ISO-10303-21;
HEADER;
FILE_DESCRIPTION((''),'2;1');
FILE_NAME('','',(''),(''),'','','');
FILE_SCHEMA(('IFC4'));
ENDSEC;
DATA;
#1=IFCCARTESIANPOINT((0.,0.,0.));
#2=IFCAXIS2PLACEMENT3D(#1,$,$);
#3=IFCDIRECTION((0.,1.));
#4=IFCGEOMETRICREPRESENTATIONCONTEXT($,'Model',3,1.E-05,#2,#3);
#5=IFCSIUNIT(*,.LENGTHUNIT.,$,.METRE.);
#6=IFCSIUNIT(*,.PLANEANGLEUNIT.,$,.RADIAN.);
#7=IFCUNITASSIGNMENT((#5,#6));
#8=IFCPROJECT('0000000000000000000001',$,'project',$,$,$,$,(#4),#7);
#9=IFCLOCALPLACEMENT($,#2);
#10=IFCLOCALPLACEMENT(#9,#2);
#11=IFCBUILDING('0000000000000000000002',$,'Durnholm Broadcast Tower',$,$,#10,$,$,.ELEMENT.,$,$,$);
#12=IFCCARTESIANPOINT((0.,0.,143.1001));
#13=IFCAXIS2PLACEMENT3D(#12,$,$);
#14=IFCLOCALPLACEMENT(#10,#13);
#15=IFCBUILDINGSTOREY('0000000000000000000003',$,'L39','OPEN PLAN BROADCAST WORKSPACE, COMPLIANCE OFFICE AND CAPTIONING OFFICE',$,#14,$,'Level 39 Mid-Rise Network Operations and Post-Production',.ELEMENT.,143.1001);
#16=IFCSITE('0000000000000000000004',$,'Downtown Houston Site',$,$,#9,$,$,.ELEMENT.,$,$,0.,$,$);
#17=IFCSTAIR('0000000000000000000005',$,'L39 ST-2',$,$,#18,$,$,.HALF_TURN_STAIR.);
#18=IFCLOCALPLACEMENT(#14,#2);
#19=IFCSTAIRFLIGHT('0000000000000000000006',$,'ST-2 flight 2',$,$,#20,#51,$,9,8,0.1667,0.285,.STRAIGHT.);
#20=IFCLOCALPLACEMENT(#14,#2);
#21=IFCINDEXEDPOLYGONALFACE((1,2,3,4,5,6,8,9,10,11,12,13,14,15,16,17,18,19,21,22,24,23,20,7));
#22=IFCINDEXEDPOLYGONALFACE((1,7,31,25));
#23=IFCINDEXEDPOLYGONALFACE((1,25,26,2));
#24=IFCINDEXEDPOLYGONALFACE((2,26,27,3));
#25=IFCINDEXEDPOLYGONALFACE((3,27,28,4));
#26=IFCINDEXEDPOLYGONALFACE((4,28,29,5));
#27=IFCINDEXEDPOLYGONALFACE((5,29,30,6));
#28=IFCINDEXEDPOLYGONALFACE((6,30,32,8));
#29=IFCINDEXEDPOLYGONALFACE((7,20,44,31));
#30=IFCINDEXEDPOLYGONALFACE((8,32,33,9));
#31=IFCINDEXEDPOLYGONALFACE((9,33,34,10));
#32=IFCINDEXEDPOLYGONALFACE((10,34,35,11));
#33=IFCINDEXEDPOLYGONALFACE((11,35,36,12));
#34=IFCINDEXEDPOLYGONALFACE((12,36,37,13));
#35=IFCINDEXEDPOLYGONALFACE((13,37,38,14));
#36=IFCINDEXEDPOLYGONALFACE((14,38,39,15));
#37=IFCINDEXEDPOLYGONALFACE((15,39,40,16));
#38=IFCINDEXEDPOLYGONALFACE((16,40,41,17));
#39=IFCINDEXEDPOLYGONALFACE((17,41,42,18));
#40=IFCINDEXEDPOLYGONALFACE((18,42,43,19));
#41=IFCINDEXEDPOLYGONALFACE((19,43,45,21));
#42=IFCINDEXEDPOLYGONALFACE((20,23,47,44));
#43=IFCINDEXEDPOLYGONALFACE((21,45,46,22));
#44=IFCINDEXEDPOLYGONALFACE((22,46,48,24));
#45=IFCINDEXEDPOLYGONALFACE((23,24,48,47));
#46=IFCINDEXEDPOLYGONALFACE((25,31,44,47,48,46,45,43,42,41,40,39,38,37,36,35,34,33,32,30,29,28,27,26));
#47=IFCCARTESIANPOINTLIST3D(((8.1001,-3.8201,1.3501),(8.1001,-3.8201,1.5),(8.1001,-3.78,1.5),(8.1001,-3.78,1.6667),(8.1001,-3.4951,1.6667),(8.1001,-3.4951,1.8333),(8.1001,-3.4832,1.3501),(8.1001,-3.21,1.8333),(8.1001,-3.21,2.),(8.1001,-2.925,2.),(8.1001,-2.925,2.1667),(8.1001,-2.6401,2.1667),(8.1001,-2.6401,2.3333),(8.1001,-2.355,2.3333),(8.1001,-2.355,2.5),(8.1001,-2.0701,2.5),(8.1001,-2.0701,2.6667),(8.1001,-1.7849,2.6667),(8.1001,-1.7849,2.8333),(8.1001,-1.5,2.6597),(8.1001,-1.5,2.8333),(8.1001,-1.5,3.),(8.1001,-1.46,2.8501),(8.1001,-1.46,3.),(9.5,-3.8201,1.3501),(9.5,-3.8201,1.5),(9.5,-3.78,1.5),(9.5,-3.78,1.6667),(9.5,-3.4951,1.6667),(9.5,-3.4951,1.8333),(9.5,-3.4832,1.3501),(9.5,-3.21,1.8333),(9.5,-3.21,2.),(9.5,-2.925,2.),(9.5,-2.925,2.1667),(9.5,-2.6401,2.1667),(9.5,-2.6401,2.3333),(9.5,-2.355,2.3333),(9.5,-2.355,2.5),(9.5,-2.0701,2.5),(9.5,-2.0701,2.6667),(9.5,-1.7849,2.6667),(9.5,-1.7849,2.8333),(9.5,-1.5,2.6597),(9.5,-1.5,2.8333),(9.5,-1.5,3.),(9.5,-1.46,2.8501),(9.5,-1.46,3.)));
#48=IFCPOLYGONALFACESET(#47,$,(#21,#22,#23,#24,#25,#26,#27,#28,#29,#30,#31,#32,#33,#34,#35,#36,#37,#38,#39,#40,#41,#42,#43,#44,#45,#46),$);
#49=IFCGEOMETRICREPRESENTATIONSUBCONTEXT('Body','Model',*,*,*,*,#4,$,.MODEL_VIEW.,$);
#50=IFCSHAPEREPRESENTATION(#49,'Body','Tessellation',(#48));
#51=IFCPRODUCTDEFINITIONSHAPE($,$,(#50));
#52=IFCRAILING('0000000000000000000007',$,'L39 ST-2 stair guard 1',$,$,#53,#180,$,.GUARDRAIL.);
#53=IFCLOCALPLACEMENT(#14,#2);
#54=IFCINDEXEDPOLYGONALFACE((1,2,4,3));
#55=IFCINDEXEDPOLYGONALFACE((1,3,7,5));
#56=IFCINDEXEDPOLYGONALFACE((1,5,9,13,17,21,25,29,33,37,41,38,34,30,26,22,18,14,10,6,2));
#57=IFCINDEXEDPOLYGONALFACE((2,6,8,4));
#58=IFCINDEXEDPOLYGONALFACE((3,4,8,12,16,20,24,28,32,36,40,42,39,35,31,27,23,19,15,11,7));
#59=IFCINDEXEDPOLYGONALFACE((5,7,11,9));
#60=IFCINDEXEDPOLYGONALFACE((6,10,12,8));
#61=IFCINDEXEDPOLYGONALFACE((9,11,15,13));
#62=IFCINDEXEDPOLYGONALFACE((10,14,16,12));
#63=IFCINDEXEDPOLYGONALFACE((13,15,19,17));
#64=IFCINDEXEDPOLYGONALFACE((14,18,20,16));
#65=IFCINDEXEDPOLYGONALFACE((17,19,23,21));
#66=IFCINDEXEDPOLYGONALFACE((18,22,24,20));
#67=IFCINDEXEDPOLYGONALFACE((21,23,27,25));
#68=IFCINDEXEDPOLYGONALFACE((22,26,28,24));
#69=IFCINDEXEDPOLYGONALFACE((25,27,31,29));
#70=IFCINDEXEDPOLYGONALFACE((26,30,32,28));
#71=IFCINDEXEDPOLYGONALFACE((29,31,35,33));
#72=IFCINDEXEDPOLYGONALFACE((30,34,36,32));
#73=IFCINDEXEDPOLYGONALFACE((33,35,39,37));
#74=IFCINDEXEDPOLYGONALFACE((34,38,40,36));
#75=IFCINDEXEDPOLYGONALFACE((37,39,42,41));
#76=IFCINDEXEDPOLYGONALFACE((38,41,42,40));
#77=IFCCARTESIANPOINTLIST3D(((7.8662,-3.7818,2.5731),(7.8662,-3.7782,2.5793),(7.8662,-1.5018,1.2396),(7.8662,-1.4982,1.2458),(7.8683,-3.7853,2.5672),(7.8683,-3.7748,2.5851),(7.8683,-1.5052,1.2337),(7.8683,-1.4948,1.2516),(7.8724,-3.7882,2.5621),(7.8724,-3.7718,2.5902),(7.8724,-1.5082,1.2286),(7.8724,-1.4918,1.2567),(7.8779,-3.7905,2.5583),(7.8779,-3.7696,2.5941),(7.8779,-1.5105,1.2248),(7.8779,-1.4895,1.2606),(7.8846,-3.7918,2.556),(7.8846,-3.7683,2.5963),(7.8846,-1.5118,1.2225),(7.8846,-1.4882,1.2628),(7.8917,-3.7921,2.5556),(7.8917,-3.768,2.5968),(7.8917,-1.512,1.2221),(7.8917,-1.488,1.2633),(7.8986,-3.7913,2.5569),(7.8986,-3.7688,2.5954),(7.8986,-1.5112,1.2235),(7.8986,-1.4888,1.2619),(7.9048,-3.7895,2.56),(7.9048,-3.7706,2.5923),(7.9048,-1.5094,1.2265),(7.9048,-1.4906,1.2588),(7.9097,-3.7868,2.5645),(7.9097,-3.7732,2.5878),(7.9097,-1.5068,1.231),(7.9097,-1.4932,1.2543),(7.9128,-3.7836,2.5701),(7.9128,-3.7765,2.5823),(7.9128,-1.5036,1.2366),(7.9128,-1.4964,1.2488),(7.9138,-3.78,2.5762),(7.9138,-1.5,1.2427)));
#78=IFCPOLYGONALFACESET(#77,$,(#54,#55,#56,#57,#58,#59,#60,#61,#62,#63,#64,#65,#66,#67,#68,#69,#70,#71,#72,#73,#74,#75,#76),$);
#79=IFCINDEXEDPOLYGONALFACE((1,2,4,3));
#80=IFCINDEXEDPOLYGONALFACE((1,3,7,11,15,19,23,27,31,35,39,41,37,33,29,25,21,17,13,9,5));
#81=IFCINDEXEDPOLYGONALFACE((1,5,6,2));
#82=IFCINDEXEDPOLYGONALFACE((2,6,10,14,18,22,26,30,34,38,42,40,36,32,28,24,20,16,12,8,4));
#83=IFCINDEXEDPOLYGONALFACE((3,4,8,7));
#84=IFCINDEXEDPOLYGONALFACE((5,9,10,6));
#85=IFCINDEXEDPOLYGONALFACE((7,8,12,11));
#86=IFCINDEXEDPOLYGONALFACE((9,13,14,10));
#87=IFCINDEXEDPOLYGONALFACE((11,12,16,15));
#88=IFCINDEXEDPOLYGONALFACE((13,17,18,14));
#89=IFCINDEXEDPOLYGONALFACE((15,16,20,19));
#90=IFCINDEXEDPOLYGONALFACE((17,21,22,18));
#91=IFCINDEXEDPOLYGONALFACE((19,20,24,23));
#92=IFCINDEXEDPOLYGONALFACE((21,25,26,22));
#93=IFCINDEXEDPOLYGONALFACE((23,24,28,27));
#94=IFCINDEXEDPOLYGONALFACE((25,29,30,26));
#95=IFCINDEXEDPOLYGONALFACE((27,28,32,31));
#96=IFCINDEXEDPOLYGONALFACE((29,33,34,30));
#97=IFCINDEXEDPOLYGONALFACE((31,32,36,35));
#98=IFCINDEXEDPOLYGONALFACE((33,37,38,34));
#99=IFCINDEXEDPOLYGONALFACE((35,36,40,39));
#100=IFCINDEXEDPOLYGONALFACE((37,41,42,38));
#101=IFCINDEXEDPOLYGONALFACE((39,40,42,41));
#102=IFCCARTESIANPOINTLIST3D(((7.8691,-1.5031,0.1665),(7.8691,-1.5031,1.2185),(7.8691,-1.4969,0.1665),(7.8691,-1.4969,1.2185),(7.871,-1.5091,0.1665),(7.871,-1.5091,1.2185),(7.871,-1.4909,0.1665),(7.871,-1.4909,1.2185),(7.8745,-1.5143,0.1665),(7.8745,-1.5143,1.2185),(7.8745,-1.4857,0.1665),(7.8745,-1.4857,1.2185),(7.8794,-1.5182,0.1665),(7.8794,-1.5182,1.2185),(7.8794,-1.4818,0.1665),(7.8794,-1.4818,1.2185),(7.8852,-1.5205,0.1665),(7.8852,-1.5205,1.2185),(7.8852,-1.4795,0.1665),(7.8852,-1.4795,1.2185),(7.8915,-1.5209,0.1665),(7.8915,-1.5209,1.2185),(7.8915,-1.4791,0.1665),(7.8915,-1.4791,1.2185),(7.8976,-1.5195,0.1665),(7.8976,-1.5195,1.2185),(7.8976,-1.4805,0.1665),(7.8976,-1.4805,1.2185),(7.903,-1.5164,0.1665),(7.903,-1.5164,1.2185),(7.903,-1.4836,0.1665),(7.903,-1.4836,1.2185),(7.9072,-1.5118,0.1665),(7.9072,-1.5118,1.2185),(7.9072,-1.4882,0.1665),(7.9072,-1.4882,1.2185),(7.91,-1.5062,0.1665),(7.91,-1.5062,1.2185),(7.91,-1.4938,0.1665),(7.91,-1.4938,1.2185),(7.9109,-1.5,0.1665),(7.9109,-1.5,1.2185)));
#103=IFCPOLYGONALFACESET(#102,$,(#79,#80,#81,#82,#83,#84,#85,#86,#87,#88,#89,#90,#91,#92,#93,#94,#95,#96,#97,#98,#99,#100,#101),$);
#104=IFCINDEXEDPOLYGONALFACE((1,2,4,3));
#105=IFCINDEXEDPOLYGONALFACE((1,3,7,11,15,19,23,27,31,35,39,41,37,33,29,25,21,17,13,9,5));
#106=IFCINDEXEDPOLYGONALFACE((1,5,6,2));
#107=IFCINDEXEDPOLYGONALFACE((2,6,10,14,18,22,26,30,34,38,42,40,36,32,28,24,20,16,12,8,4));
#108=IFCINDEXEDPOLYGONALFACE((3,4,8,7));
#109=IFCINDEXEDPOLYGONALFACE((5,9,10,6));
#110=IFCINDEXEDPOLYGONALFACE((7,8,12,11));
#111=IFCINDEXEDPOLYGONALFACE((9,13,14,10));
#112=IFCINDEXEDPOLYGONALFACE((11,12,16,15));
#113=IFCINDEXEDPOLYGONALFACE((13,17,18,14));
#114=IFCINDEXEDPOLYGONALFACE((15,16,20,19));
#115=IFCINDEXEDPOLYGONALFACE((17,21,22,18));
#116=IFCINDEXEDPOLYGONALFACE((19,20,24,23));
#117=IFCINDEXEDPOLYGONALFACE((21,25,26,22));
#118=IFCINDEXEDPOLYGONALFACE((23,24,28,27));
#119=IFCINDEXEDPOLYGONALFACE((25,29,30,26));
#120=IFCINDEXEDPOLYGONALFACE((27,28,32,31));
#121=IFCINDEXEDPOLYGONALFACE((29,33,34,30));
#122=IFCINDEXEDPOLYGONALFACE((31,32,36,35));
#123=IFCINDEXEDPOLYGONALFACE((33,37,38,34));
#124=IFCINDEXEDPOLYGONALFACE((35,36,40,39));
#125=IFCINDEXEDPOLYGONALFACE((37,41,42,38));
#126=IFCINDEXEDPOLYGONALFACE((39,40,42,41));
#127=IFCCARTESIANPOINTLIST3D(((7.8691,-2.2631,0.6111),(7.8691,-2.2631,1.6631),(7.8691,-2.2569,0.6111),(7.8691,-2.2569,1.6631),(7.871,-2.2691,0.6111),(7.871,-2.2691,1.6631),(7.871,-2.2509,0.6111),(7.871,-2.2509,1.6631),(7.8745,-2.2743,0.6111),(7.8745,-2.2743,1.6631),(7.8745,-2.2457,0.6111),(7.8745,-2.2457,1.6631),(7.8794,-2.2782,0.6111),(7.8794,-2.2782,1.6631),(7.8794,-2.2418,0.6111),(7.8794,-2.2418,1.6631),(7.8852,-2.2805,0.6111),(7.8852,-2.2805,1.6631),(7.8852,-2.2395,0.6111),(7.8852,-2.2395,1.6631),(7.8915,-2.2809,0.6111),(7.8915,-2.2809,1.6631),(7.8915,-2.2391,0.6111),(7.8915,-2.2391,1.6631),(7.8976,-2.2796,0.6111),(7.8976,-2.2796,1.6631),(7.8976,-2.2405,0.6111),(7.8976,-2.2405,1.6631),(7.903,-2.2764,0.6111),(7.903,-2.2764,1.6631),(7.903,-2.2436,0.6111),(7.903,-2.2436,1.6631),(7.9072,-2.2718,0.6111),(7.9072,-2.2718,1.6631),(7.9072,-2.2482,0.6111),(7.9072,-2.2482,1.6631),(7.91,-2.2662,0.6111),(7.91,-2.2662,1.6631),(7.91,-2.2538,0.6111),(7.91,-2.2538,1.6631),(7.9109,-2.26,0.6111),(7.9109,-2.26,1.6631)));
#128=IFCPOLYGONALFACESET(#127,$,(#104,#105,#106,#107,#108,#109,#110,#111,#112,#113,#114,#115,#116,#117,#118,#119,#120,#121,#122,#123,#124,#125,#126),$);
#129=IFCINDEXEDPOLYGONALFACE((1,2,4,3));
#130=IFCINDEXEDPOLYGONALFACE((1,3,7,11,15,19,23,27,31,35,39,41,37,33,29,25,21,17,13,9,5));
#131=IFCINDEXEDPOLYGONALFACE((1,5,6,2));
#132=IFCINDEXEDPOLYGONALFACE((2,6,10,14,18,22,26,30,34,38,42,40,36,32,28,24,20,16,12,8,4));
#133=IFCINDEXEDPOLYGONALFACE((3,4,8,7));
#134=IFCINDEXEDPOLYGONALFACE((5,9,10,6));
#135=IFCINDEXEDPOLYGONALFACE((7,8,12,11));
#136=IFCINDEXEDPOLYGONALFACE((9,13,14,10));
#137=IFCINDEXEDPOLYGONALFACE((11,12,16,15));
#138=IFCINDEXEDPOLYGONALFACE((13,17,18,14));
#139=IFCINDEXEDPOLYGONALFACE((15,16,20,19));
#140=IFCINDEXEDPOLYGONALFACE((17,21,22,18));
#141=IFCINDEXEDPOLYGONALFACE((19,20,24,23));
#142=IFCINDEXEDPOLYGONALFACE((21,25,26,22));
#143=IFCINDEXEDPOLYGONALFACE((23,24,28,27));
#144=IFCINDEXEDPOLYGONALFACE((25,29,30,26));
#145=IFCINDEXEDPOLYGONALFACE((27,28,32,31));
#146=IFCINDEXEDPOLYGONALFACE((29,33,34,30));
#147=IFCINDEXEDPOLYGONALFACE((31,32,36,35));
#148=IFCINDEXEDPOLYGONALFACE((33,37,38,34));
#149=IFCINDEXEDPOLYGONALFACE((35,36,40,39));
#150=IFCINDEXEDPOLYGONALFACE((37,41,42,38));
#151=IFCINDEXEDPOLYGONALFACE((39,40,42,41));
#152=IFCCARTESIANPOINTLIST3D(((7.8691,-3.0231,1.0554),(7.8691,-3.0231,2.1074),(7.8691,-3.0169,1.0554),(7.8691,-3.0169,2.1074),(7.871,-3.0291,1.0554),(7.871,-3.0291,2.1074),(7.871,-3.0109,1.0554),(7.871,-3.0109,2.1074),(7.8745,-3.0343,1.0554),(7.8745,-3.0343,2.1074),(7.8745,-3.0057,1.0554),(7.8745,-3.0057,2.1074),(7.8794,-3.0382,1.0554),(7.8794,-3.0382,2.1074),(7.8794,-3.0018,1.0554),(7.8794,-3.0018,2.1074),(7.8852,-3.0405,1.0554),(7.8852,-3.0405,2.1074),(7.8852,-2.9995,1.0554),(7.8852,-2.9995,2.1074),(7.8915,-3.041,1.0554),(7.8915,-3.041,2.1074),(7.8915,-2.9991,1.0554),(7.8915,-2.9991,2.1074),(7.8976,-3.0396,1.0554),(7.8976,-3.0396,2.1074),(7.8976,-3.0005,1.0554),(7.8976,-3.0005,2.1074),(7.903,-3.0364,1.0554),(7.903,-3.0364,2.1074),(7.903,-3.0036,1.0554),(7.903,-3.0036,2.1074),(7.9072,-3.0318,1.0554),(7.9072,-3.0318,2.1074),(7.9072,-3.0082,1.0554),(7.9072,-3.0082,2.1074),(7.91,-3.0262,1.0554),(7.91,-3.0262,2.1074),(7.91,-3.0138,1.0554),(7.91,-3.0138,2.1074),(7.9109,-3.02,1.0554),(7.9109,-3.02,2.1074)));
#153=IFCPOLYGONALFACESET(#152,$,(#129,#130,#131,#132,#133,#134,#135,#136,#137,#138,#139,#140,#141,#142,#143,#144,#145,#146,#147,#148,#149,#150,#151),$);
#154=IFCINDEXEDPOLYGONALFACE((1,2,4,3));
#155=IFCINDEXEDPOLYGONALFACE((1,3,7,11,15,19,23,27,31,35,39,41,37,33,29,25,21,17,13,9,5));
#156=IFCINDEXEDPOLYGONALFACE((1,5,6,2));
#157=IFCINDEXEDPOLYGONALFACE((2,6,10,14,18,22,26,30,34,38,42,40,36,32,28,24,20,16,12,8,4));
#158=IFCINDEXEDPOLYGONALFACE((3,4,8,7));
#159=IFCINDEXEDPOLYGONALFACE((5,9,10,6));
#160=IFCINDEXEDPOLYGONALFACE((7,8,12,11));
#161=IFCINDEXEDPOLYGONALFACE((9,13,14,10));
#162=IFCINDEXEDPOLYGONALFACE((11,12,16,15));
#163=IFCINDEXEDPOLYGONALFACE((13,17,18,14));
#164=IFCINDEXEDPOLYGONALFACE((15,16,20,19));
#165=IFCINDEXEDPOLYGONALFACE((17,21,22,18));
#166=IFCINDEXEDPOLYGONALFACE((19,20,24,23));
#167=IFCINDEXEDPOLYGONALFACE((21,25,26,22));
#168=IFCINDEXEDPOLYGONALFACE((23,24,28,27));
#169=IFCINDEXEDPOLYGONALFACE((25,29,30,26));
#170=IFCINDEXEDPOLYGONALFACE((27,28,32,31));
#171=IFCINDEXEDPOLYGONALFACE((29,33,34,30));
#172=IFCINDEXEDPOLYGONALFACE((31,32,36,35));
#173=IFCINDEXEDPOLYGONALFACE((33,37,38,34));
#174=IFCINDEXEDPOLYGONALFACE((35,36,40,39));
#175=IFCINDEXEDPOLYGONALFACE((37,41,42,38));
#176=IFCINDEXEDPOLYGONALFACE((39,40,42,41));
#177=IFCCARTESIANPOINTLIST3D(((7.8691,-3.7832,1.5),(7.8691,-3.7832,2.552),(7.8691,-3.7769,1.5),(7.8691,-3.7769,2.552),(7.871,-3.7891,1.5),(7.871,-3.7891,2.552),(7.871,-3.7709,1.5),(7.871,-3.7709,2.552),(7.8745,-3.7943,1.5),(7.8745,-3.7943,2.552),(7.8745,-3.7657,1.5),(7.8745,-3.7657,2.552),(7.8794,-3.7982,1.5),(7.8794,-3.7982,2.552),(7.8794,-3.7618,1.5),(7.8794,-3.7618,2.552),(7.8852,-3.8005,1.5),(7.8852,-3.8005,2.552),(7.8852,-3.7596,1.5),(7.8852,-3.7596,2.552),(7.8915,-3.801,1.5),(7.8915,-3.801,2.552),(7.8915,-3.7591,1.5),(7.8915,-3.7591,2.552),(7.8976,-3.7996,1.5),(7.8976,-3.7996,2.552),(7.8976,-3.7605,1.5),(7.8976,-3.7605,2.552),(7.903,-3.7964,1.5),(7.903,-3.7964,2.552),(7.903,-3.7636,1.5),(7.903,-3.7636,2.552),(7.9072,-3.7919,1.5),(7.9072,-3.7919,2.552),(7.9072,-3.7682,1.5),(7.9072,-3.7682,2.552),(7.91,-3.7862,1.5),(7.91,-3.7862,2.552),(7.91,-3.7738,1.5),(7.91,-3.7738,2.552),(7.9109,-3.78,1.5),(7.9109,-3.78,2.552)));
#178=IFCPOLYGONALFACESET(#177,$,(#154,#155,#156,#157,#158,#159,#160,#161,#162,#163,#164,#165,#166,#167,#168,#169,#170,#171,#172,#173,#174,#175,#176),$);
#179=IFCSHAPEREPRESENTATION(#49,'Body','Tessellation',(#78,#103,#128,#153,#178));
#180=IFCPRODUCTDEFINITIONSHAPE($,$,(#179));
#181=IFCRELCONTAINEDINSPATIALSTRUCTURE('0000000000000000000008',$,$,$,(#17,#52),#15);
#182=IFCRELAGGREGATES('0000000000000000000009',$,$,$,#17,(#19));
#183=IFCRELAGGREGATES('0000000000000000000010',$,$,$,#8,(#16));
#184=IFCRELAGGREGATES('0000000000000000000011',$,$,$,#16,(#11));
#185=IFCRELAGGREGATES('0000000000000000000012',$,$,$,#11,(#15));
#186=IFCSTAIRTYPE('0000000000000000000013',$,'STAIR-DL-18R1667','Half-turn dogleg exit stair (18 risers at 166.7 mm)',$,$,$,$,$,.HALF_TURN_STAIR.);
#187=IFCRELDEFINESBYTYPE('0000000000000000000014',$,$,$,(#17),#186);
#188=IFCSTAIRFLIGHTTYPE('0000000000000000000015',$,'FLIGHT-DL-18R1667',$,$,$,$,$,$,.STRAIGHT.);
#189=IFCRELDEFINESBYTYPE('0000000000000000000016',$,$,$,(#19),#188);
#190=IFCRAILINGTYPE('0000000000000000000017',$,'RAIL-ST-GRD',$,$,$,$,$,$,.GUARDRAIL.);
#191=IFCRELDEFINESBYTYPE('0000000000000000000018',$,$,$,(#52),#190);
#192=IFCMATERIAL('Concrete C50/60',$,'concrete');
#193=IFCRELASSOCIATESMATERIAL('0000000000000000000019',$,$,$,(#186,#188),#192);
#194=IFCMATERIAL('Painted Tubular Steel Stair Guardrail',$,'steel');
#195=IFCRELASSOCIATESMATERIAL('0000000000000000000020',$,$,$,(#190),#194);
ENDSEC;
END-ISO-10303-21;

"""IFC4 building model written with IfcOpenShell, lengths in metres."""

from ifc_helpers import new_model, si_unit, direction, frame, origin, origin_2d, place, context, subcontext, project, spatial, polyline, circle, outline, extrude, material, type_object, element, aggregate, save


model = new_model("IFC4")

# Units and contexts
model_context = context("Model", 3, precision=1e-05, world=origin(), true_north=direction((0.0, 1.0)))
body_context = subcontext(model_context, "Body", "Model", "MODEL_VIEW")
ifc_project = project(units=[si_unit("LENGTHUNIT", "METRE"), si_unit("PLANEANGLEUNIT", "RADIAN")], contexts=[model_context])

# Site, building, storey
site_placement = place(None, origin())
site = spatial("IfcSite", under=ifc_project, at=site_placement, Name="Downtown Houston Site", CompositionType="ELEMENT", RefElevation=0.0)
building_placement = place(site_placement, origin())
building = spatial("IfcBuilding", under=site, at=building_placement, Name="Durnholm Broadcast Tower", CompositionType="ELEMENT")
storey_placement = place(building_placement, frame((0.0, 0.0, 143.1001)))
storey = spatial("IfcBuildingStorey", under=building, at=storey_placement, Name="L39", Description="OPEN PLAN BROADCAST WORKSPACE, COMPLIANCE OFFICE AND CAPTIONING OFFICE", LongName="Level 39 Mid-Rise Network Operations and Post-Production", CompositionType="ELEMENT", Elevation=143.1001)

# Shared definitions
ifc_material_1 = material(Name="Concrete C50/60", Category="concrete")

# Stair, stair flight
stair_type = type_object("IfcStairType", Name="STAIR-DL-18R1667", Description="Half-turn dogleg exit stair (18 risers at 166.7 mm)", PredefinedType="HALF_TURN_STAIR", material=ifc_material_1)
stair_placement = place(storey_placement, origin())
stair = element("IfcStair", 1, at=stair_placement, inside=storey, type_object=stair_type, Name="L39 ST-2", PredefinedType="HALF_TURN_STAIR")
stair_flight_type = type_object("IfcStairFlightType", Name="FLIGHT-DL-18R1667", PredefinedType="STRAIGHT", material=ifc_material_1)
stair_flight_1_placement = place(storey_placement, frame((8.8, -3.78, 1.5), z_axis=(0.0, 0.0, 1.0), x_axis=(0.0, 1.0, 0.0)))
stair_flight_1 = element("IfcStairFlight", 2, at=stair_flight_1_placement, type_object=stair_flight_type, Name="ST-2 flight 2", NumberOfRisers=9, NumberOfTreads=8, PredefinedType="STRAIGHT", RiserHeight=0.1667, TreadLength=0.285, context=body_context, shape_type="SweptSolid", body=[
    extrude(outline(polyline([(-0.04, -0.1499), (-0.04, 0.0), (0.0, 0.0), (0.0, 0.1667), (0.2849, 0.1667), (0.2849, 0.3333), (0.5701, 0.3333), (0.5701, 0.5), (0.855, 0.5), (0.855, 0.6667), (1.1399, 0.6667), (1.1399, 0.8333), (1.425, 0.8333), (1.425, 1.0), (1.71, 1.0), (1.71, 1.1667), (1.9951, 1.1667), (1.9951, 1.3333), (2.28, 1.3333), (2.28, 1.5), (2.3201, 1.5), (2.3201, 1.3501), (2.28, 1.1597), (0.2969, -0.1499), (-0.04, -0.1499)])), frame((0.0, 0.7, 0.0), z_axis=(0.0, -1.0, 0.0), x_axis=(1.0, 0.0, 0.0)), (0.0, 0.0, 1.0), 1.3999),
])
aggregate(stair, [stair_flight_1])

# Railing
ifc_material_2 = material(Name="Painted Tubular Steel Stair Guardrail", Category="steel")
railing_type_1 = type_object("IfcRailingType", Name="RAIL-ST-GRD", PredefinedType="GUARDRAIL", material=ifc_material_2)
railing_1_placement = place(storey_placement, frame((7.8899, -1.5, 0.1665)))
element("IfcRailing", 3, at=railing_1_placement, inside=storey, type_object=railing_type_1, Name="L39 ST-2 stair guard 1", PredefinedType="GUARDRAIL", context=body_context, shape_type="SweptSolid", body=[
    extrude(circle(Radius=0.0239, at=origin_2d()), frame((0.0, 0.0, 1.0762), z_axis=(0.0, -0.863205, 0.504853), x_axis=(1.0, 0.0, 0.0)), (0.0, 0.0, 1.0), 2.6414),
    extrude(circle(Radius=0.021, at=origin_2d()), origin(), (0.0, 0.0, 1.0), 1.052),
    extrude(circle(Radius=0.021, at=origin_2d()), frame((0.0, -0.76, 0.4446)), (0.0, 0.0, 1.0), 1.052),
    extrude(circle(Radius=0.021, at=origin_2d()), frame((0.0, -1.52, 0.8889)), (0.0, 0.0, 1.0), 1.052),
    extrude(circle(Radius=0.021, at=origin_2d()), frame((0.0, -2.28, 1.3335)), (0.0, 0.0, 1.0), 1.052),
])

save(model, "model.ifc")
